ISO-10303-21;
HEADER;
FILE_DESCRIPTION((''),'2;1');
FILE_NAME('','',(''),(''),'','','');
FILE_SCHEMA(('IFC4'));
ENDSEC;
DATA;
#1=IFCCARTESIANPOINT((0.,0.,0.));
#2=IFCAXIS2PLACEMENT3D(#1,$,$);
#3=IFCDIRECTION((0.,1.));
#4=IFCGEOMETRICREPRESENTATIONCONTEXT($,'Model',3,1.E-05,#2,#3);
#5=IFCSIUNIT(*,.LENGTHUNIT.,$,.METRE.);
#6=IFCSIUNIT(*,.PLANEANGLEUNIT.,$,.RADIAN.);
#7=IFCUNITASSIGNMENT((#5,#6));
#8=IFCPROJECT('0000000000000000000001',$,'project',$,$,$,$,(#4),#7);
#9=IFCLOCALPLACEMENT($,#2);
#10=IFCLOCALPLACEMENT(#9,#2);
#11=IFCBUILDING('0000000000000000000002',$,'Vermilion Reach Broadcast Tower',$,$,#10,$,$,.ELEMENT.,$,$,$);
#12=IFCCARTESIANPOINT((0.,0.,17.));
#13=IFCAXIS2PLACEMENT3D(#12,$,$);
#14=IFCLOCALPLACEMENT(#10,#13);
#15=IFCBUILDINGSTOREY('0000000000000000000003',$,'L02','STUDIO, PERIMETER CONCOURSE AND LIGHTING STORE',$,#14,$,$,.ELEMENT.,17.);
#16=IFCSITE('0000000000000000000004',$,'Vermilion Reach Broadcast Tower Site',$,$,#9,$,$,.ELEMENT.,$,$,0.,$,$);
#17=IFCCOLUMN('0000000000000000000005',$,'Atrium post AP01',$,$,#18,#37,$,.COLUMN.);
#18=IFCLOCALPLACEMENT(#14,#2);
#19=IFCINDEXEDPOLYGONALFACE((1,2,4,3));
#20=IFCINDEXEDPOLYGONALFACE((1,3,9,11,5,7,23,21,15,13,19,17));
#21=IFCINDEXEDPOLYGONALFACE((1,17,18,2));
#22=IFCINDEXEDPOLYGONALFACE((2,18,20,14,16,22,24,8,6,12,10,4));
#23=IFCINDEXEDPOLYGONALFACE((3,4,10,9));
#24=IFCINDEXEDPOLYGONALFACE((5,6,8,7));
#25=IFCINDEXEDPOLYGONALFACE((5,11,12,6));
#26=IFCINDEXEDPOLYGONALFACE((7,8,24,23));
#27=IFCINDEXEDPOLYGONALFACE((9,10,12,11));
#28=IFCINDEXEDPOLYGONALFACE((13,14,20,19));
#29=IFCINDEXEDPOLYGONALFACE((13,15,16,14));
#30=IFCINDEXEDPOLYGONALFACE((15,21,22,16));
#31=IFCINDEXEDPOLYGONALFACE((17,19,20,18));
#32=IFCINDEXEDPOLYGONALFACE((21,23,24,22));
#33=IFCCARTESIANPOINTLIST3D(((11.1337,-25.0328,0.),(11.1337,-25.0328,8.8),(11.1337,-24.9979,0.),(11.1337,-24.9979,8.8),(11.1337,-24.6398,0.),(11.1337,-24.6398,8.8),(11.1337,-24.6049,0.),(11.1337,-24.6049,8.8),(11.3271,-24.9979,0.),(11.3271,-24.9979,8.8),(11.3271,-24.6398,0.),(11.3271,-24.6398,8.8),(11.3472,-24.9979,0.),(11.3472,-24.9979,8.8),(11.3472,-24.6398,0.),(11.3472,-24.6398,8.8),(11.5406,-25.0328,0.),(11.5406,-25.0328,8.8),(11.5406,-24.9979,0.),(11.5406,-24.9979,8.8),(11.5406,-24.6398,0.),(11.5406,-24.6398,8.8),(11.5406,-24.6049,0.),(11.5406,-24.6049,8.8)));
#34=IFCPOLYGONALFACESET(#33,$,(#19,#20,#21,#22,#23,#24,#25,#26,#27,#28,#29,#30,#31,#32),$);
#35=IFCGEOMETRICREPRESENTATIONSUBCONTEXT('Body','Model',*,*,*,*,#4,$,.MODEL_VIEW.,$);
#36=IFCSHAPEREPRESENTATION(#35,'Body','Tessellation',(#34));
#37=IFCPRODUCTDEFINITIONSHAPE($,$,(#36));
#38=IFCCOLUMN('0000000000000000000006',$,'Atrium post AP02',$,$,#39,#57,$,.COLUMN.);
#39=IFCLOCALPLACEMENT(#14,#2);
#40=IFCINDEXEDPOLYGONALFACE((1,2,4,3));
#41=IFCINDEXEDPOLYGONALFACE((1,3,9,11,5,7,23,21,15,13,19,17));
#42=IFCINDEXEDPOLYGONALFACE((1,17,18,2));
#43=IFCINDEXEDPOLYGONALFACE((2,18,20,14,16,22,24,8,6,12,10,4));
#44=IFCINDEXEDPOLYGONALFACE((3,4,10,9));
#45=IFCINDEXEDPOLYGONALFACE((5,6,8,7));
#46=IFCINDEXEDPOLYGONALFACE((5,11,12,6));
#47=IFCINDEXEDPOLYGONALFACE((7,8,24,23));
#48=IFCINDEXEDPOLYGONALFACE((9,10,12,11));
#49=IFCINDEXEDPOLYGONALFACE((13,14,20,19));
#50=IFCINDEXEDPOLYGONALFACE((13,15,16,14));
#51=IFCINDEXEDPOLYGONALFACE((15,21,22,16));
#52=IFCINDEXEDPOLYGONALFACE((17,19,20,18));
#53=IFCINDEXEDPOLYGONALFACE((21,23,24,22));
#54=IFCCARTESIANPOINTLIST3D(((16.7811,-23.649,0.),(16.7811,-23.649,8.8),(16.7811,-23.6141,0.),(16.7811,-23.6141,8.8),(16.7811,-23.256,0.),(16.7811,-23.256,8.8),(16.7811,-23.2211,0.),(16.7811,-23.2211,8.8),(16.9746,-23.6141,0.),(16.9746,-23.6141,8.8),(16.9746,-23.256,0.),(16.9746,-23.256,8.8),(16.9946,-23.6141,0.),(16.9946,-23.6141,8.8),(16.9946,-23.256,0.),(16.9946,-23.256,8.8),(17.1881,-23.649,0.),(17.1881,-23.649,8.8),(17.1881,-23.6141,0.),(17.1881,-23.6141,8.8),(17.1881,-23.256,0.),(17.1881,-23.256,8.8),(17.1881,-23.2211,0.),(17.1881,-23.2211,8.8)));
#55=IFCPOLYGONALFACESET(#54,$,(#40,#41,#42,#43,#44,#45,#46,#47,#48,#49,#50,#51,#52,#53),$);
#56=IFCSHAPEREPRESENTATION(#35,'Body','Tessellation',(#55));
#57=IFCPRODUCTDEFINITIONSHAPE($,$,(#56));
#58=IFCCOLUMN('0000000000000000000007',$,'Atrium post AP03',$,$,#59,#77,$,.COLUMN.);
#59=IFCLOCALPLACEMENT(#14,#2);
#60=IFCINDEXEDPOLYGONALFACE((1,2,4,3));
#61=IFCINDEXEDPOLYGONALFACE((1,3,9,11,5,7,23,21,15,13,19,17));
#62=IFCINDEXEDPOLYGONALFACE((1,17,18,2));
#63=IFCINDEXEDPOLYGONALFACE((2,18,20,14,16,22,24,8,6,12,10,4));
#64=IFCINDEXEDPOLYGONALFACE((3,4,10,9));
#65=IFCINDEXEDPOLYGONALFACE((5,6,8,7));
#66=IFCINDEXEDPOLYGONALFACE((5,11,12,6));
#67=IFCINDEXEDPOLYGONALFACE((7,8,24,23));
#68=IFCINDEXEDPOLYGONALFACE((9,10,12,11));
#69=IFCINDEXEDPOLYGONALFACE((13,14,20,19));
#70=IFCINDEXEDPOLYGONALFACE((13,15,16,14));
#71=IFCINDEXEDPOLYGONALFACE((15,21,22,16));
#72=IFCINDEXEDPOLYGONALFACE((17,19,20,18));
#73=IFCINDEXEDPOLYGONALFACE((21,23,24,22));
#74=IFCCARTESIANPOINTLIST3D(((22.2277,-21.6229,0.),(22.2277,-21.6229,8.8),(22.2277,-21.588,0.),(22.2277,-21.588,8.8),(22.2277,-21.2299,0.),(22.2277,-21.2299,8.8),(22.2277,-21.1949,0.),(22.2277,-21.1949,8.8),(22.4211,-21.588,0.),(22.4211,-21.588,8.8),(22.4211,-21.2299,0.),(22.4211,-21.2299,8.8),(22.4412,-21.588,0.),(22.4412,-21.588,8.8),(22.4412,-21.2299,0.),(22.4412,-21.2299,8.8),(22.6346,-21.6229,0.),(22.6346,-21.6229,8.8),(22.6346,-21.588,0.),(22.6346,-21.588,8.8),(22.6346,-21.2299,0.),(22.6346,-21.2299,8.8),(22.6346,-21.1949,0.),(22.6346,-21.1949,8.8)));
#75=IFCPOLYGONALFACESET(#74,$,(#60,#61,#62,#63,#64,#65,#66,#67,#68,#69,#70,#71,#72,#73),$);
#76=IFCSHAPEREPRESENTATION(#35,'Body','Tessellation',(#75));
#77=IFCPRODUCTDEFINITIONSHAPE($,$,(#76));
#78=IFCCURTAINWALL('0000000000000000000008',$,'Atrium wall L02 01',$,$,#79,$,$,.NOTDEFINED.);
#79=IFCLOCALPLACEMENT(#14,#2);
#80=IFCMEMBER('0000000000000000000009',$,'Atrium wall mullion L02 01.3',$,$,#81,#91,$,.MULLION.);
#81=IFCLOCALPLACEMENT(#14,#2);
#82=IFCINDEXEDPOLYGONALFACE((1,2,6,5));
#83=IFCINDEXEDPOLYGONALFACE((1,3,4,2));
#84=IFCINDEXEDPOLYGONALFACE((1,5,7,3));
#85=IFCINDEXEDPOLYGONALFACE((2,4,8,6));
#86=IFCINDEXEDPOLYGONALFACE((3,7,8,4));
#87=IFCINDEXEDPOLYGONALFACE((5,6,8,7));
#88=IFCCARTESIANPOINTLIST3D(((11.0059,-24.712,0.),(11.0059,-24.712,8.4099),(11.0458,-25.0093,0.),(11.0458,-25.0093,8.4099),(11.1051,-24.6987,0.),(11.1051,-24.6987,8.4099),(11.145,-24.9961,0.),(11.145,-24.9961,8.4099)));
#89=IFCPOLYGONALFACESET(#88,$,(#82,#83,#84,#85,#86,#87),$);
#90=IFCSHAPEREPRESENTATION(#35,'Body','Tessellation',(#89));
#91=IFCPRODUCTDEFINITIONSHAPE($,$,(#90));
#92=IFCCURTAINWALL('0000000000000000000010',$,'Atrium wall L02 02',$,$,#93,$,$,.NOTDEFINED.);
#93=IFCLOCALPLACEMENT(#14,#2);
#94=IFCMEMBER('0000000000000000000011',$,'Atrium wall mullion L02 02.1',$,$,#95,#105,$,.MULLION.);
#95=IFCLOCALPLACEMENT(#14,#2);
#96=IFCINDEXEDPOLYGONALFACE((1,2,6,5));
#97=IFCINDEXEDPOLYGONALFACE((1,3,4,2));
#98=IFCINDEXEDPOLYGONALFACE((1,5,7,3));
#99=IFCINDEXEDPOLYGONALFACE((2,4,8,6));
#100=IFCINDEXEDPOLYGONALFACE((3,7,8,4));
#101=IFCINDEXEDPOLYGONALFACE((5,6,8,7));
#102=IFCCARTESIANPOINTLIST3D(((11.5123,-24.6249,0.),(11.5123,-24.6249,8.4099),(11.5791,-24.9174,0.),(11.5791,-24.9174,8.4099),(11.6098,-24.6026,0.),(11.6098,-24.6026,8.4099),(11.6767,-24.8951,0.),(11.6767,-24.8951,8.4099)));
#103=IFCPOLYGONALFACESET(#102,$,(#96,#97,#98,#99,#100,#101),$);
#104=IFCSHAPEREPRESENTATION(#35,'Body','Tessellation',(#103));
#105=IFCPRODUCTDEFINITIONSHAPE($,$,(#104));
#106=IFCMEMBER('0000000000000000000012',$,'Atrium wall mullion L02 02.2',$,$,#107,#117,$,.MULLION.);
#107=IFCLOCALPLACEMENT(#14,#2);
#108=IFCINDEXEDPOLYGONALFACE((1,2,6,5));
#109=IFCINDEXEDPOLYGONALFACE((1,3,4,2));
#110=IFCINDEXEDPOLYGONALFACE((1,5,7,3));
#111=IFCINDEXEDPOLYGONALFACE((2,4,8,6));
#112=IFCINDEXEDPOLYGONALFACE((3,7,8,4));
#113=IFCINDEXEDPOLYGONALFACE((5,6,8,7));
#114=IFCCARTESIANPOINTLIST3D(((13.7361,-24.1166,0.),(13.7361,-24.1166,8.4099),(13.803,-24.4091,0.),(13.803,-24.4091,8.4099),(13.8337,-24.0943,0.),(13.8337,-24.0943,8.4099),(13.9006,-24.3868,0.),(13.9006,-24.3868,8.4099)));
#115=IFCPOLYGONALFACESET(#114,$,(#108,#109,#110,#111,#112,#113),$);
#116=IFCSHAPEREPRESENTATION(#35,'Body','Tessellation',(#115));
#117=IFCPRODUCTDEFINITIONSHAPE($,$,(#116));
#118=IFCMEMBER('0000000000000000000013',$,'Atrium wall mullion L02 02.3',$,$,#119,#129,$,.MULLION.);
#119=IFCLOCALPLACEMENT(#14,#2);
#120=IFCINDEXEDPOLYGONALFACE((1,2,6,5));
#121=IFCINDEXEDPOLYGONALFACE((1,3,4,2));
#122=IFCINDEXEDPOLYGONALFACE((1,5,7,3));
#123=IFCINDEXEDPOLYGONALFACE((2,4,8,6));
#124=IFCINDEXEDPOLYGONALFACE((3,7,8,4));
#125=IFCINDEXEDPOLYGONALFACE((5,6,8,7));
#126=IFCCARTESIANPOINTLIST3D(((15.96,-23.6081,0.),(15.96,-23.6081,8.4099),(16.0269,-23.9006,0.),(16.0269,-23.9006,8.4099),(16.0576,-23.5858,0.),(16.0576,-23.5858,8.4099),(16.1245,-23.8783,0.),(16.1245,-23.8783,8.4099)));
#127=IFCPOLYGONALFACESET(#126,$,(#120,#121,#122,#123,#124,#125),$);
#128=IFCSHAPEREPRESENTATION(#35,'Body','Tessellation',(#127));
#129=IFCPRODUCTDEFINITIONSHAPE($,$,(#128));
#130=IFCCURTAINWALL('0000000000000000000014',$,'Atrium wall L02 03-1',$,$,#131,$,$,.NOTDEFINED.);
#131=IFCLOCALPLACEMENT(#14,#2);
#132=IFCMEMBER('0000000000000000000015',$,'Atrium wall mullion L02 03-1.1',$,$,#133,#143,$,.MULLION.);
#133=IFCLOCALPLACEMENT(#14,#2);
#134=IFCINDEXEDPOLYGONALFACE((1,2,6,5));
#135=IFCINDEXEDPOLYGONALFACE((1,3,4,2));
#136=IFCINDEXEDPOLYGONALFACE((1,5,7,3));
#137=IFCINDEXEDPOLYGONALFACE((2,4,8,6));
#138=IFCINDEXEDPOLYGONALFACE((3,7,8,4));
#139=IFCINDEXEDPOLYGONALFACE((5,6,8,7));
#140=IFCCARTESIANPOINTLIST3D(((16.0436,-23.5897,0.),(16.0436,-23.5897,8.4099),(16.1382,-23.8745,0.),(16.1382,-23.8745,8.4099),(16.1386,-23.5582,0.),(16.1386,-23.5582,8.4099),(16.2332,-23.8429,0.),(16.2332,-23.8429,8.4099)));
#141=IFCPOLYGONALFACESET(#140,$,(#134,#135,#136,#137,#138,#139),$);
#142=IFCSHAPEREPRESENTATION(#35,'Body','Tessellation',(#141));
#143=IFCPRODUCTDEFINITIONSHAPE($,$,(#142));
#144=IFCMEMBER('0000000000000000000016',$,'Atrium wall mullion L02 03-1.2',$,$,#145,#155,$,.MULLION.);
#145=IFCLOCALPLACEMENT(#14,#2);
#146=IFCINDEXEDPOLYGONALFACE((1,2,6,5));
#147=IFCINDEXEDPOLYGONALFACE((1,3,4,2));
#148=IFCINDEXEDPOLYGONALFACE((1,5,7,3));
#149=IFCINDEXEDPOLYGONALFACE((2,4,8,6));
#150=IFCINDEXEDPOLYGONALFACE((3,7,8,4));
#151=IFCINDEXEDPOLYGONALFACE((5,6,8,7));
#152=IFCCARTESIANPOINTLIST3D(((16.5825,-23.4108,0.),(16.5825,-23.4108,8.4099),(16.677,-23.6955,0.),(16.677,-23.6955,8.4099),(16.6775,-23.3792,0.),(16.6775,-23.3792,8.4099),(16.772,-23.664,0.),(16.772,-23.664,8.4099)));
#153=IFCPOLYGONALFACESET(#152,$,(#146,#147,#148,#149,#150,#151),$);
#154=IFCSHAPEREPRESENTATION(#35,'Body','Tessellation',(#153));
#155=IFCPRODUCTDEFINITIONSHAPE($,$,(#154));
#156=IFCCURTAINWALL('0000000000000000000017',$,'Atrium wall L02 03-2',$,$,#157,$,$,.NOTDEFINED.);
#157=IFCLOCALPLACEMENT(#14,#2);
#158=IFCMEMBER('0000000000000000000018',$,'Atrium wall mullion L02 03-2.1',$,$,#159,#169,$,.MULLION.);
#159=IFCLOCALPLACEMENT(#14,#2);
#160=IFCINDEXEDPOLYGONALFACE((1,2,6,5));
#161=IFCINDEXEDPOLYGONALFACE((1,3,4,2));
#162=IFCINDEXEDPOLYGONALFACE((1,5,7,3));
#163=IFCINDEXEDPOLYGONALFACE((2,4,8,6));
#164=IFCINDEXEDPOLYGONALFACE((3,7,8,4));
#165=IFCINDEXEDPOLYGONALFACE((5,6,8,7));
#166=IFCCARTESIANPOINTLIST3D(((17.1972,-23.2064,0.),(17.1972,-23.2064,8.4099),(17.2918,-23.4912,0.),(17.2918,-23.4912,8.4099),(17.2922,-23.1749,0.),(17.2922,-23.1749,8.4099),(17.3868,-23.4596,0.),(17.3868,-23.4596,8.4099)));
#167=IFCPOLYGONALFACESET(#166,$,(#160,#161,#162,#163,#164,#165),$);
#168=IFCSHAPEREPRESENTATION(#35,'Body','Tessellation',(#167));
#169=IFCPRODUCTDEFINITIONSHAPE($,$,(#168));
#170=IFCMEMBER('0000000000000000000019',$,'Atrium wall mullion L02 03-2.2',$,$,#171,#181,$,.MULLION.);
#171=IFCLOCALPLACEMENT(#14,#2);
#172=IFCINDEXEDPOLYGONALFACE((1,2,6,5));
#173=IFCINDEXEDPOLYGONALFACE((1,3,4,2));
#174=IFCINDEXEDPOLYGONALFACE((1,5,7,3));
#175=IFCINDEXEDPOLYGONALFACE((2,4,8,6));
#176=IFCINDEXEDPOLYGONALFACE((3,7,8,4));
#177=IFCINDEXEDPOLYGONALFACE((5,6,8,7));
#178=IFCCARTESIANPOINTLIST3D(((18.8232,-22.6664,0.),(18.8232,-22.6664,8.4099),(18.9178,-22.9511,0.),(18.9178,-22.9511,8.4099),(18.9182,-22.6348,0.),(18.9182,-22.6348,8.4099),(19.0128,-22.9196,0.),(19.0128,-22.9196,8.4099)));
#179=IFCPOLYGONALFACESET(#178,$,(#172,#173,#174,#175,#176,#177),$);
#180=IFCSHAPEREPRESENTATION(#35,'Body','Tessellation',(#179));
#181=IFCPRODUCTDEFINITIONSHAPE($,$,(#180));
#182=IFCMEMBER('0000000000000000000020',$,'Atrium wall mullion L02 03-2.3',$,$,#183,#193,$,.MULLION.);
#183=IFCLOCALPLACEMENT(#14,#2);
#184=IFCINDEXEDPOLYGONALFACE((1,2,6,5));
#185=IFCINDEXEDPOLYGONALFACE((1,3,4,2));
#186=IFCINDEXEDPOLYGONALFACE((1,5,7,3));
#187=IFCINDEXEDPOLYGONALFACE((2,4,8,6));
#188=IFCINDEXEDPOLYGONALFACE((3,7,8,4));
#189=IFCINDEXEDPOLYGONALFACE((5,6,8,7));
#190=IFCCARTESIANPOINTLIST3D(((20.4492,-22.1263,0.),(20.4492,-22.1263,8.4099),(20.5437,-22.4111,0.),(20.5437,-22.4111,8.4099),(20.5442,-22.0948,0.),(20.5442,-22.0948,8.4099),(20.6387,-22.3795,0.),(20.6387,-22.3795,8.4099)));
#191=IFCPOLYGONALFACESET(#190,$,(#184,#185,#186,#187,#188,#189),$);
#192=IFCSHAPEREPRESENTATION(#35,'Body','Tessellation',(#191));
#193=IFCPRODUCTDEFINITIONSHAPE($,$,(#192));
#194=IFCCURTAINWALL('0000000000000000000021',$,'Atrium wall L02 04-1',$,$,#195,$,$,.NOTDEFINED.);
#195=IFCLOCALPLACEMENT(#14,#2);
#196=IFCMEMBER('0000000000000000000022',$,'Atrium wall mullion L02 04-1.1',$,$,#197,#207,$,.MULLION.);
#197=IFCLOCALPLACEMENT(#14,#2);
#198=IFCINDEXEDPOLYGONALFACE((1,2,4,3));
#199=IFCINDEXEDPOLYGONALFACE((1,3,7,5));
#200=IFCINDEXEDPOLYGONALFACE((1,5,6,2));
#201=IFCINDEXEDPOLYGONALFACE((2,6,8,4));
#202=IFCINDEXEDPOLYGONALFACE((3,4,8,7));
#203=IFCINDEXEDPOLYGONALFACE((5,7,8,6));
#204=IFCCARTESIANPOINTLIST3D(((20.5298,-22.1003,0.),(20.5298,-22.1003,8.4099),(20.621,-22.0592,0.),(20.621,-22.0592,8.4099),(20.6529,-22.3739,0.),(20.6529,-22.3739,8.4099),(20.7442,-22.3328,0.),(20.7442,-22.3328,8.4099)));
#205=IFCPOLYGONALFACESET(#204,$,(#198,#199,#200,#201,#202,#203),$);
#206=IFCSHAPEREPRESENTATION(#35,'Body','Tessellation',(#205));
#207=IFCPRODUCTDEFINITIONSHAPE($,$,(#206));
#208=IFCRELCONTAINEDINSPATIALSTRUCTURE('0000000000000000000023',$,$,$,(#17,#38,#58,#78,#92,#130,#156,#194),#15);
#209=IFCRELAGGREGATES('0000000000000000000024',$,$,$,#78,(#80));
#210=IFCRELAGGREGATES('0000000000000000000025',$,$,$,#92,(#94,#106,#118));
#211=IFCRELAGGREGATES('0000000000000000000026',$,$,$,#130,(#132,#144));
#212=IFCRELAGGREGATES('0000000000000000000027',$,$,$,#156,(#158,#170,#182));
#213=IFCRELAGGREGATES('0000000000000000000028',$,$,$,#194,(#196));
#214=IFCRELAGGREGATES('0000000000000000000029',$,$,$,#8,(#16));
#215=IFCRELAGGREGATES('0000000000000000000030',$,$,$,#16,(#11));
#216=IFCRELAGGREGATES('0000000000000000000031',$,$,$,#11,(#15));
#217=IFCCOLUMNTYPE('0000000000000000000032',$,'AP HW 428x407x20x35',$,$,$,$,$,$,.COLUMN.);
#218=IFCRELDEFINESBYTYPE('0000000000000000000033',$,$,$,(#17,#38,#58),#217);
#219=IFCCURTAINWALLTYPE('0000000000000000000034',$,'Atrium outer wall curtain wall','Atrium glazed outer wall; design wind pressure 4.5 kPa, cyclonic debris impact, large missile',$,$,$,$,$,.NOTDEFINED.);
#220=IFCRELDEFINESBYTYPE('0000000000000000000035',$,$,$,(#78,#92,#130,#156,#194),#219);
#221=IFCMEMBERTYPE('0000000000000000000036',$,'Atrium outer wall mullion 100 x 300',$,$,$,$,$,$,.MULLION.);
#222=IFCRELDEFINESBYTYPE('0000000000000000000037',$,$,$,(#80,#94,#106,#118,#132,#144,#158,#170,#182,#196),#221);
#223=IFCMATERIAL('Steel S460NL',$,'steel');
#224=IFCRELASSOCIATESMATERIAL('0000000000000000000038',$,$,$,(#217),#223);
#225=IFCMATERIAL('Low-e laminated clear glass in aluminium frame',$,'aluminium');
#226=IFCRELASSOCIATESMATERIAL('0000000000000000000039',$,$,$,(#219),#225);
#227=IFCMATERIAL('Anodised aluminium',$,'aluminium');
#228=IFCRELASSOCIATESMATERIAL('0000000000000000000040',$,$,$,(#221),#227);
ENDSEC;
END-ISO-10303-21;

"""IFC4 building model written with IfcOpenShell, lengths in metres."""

from ifc_helpers import new_model, si_unit, direction, frame, origin, origin_2d, place, context, subcontext, project, spatial, rectangle, i_section, extrude, material, material_profile, profile_set, type_object, element, aggregate, save


model = new_model("IFC4")

# Units and contexts
model_context = context("Model", 3, precision=1e-05, world=origin(), true_north=direction((0.0, 1.0)))
body_context = subcontext(model_context, "Body", "Model", "MODEL_VIEW")
ifc_project = project(units=[si_unit("LENGTHUNIT", "METRE"), si_unit("PLANEANGLEUNIT", "RADIAN")], contexts=[model_context])

# Site, building, storey
site_placement = place(None, origin())
site = spatial("IfcSite", under=ifc_project, at=site_placement, Name="Vermilion Reach Broadcast Tower Site", CompositionType="ELEMENT", RefElevation=0.0)
building_placement = place(site_placement, origin())
building = spatial("IfcBuilding", under=site, at=building_placement, Name="Vermilion Reach Broadcast Tower", CompositionType="ELEMENT")
storey_placement = place(building_placement, frame((0.0, 0.0, 17.0)))
storey = spatial("IfcBuildingStorey", under=building, at=storey_placement, Name="L02", Description="STUDIO, PERIMETER CONCOURSE AND LIGHTING STORE", CompositionType="ELEMENT", Elevation=17.0)

# Columns
ifc_material_1 = material(Name="Steel S460NL", Category="steel")
ifc_material_profile_1 = material_profile(ifc_material_1, i_section(OverallWidth=0.407, OverallDepth=0.428, WebThickness=0.02, FlangeThickness=0.0349, at=origin_2d()), Name="S460NL HW 428x407x20x35")
ifc_profile_set_1 = profile_set([ifc_material_profile_1], Name="Steel S460NL")
column_type = type_object("IfcColumnType", Name="AP HW 428x407x20x35", PredefinedType="COLUMN", material=ifc_profile_set_1)
for number, where, z_axis, x_axis, name in (
    (1, (11.3372, -24.8188, 0.0), (0.0, 0.0, 1.0), (1.0, 0.0, 0.0), "Atrium post AP01"),
    (2, (16.9846, -23.4351, 0.0), (0.0, 0.0, 1.0), (1.0, 0.0, 0.0), "Atrium post AP02"),
    (3, (22.4312, -21.4089, 0.0), (0.0, 0.0, 1.0), (1.0, 0.0, 0.0), "Atrium post AP03"),
):
    element("IfcColumn", number, at=place(storey_placement, frame(where, z_axis=z_axis, x_axis=x_axis)), inside=storey, type_object=column_type, Name=name, PredefinedType="COLUMN", context=body_context, shape_type="SweptSolid", body=[
        extrude(i_section(OverallWidth=0.407, OverallDepth=0.428, WebThickness=0.02, FlangeThickness=0.0349, at=origin_2d()), origin(), (0.0, 0.0, 1.0), 8.8),
    ])

# Curtain wall, member
ifc_material_2 = material(Name="Low-e laminated clear glass in aluminium frame", Category="aluminium")
curtain_wall_type = type_object("IfcCurtainWallType", Name="Atrium outer wall curtain wall", Description="Atrium glazed outer wall; design wind pressure 4.5 kPa, cyclonic debris impact, large missile", PredefinedType="NOTDEFINED", material=ifc_material_2)
placement = place(storey_placement, origin())
curtain_wall_1 = element("IfcCurtainWall", 4, at=placement, inside=storey, type_object=curtain_wall_type, Name="Atrium wall L02 01", PredefinedType="NOTDEFINED")
ifc_material_3 = material(Name="Anodised aluminium", Category="aluminium")
ifc_material_profile_2 = material_profile(ifc_material_3, rectangle(XDim=0.3, YDim=0.1001, at=origin_2d()), Name="Atrium outer wall mullion 100 x 300")
ifc_profile_set_2 = profile_set([ifc_material_profile_2], Name="Anodised aluminium")
member_type_1 = type_object("IfcMemberType", Name="Atrium outer wall mullion 100 x 300", PredefinedType="MULLION", material=ifc_profile_set_2)
member_1_placement = place(storey_placement, frame((11.0754, -24.854, 0.0), z_axis=(0.0, 0.0, 1.0), x_axis=(-0.132794, 0.991144, 0.0)))
member_1 = element("IfcMember", 5, at=member_1_placement, type_object=member_type_1, Name="Atrium wall mullion L02 01.3", PredefinedType="MULLION", context=body_context, shape_type="SweptSolid", body=[
    extrude(rectangle(XDim=0.3, YDim=0.1001, at=origin_2d()), origin(), (0.0, 0.0, 1.0), 8.4099),
])

# Curtain walls, members
curtain_wall_2 = element("IfcCurtainWall", 6, at=placement, inside=storey, type_object=curtain_wall_type, Name="Atrium wall L02 02", PredefinedType="NOTDEFINED")
member_2_placement = place(storey_placement, frame((11.5945, -24.76, 0.0), z_axis=(0.0, 0.0, 1.0), x_axis=(-0.222892, 0.974843, 0.0)))
member_2 = element("IfcMember", 7, at=member_2_placement, type_object=member_type_1, Name="Atrium wall mullion L02 02.1", PredefinedType="MULLION", context=body_context, shape_type="SweptSolid", body=[
    extrude(rectangle(XDim=0.3, YDim=0.1001, at=origin_2d()), origin(), (0.0, 0.0, 1.0), 8.4099),
])
member_3_placement = place(storey_placement, frame((13.8184, -24.2517, 0.0), z_axis=(0.0, 0.0, 1.0), x_axis=(-0.222892, 0.974843, 0.0)))
member_3 = element("IfcMember", 8, at=member_3_placement, type_object=member_type_1, Name="Atrium wall mullion L02 02.2", PredefinedType="MULLION", context=body_context, shape_type="SweptSolid", body=[
    extrude(rectangle(XDim=0.3, YDim=0.1001, at=origin_2d()), origin(), (0.0, 0.0, 1.0), 8.4099),
])
member_4_placement = place(storey_placement, frame((16.0422, -23.7432, 0.0), z_axis=(0.0, 0.0, 1.0), x_axis=(-0.222892, 0.974843, 0.0)))
member_4 = element("IfcMember", 9, at=member_4_placement, type_object=member_type_1, Name="Atrium wall mullion L02 02.3", PredefinedType="MULLION", context=body_context, shape_type="SweptSolid", body=[
    extrude(rectangle(XDim=0.3, YDim=0.1001, at=origin_2d()), origin(), (0.0, 0.0, 1.0), 8.4099),
])
curtain_wall_3 = element("IfcCurtainWall", 10, at=placement, inside=storey, type_object=curtain_wall_type, Name="Atrium wall L02 03-1", PredefinedType="NOTDEFINED")
member_5_placement = place(storey_placement, frame((16.1384, -23.7163, 0.0), z_axis=(0.0, 0.0, 1.0), x_axis=(-0.315228, 0.949016, 0.0)))
member_5 = element("IfcMember", 11, at=member_5_placement, type_object=member_type_1, Name="Atrium wall mullion L02 03-1.1", PredefinedType="MULLION", context=body_context, shape_type="SweptSolid", body=[
    extrude(rectangle(XDim=0.3, YDim=0.1001, at=origin_2d()), origin(), (0.0, 0.0, 1.0), 8.4099),
])
member_6_placement = place(storey_placement, frame((16.6772, -23.5374, 0.0), z_axis=(0.0, 0.0, 1.0), x_axis=(-0.315228, 0.949016, 0.0)))
member_6 = element("IfcMember", 12, at=member_6_placement, type_object=member_type_1, Name="Atrium wall mullion L02 03-1.2", PredefinedType="MULLION", context=body_context, shape_type="SweptSolid", body=[
    extrude(rectangle(XDim=0.3, YDim=0.1001, at=origin_2d()), origin(), (0.0, 0.0, 1.0), 8.4099),
])
curtain_wall_4 = element("IfcCurtainWall", 13, at=placement, inside=storey, type_object=curtain_wall_type, Name="Atrium wall L02 03-2", PredefinedType="NOTDEFINED")
member_7_placement = place(storey_placement, frame((17.292, -23.333, 0.0), z_axis=(0.0, 0.0, 1.0), x_axis=(-0.315228, 0.949016, 0.0)))
member_7 = element("IfcMember", 14, at=member_7_placement, type_object=member_type_1, Name="Atrium wall mullion L02 03-2.1", PredefinedType="MULLION", context=body_context, shape_type="SweptSolid", body=[
    extrude(rectangle(XDim=0.3, YDim=0.1001, at=origin_2d()), origin(), (0.0, 0.0, 1.0), 8.4099),
])
member_8_placement = place(storey_placement, frame((18.918, -22.793, 0.0), z_axis=(0.0, 0.0, 1.0), x_axis=(-0.315228, 0.949016, 0.0)))
member_8 = element("IfcMember", 15, at=member_8_placement, type_object=member_type_1, Name="Atrium wall mullion L02 03-2.2", PredefinedType="MULLION", context=body_context, shape_type="SweptSolid", body=[
    extrude(rectangle(XDim=0.3, YDim=0.1001, at=origin_2d()), origin(), (0.0, 0.0, 1.0), 8.4099),
])
member_9_placement = place(storey_placement, frame((20.5439, -22.2529, 0.0), z_axis=(0.0, 0.0, 1.0), x_axis=(-0.315228, 0.949016, 0.0)))
member_9 = element("IfcMember", 16, at=member_9_placement, type_object=member_type_1, Name="Atrium wall mullion L02 03-2.3", PredefinedType="MULLION", context=body_context, shape_type="SweptSolid", body=[
    extrude(rectangle(XDim=0.3, YDim=0.1001, at=origin_2d()), origin(), (0.0, 0.0, 1.0), 8.4099),
])
curtain_wall_5 = element("IfcCurtainWall", 17, at=placement, inside=storey, type_object=curtain_wall_type, Name="Atrium wall L02 04-1", PredefinedType="NOTDEFINED")
member_10_placement = place(storey_placement, frame((20.637, -22.2166, 0.0), z_axis=(0.0, 0.0, 1.0), x_axis=(-0.410408, 0.911902, 0.0)))
member_10 = element("IfcMember", 18, at=member_10_placement, type_object=member_type_1, Name="Atrium wall mullion L02 04-1.1", PredefinedType="MULLION", context=body_context, shape_type="SweptSolid", body=[
    extrude(rectangle(XDim=0.3, YDim=0.1001, at=origin_2d()), origin(), (0.0, 0.0, 1.0), 8.4099),
])

aggregate(curtain_wall_1, [member_1])
aggregate(curtain_wall_2, [member_2, member_3, member_4])
aggregate(curtain_wall_3, [member_5, member_6])
aggregate(curtain_wall_4, [member_7, member_8, member_9])
aggregate(curtain_wall_5, [member_10])

save(model, "model.ifc")
